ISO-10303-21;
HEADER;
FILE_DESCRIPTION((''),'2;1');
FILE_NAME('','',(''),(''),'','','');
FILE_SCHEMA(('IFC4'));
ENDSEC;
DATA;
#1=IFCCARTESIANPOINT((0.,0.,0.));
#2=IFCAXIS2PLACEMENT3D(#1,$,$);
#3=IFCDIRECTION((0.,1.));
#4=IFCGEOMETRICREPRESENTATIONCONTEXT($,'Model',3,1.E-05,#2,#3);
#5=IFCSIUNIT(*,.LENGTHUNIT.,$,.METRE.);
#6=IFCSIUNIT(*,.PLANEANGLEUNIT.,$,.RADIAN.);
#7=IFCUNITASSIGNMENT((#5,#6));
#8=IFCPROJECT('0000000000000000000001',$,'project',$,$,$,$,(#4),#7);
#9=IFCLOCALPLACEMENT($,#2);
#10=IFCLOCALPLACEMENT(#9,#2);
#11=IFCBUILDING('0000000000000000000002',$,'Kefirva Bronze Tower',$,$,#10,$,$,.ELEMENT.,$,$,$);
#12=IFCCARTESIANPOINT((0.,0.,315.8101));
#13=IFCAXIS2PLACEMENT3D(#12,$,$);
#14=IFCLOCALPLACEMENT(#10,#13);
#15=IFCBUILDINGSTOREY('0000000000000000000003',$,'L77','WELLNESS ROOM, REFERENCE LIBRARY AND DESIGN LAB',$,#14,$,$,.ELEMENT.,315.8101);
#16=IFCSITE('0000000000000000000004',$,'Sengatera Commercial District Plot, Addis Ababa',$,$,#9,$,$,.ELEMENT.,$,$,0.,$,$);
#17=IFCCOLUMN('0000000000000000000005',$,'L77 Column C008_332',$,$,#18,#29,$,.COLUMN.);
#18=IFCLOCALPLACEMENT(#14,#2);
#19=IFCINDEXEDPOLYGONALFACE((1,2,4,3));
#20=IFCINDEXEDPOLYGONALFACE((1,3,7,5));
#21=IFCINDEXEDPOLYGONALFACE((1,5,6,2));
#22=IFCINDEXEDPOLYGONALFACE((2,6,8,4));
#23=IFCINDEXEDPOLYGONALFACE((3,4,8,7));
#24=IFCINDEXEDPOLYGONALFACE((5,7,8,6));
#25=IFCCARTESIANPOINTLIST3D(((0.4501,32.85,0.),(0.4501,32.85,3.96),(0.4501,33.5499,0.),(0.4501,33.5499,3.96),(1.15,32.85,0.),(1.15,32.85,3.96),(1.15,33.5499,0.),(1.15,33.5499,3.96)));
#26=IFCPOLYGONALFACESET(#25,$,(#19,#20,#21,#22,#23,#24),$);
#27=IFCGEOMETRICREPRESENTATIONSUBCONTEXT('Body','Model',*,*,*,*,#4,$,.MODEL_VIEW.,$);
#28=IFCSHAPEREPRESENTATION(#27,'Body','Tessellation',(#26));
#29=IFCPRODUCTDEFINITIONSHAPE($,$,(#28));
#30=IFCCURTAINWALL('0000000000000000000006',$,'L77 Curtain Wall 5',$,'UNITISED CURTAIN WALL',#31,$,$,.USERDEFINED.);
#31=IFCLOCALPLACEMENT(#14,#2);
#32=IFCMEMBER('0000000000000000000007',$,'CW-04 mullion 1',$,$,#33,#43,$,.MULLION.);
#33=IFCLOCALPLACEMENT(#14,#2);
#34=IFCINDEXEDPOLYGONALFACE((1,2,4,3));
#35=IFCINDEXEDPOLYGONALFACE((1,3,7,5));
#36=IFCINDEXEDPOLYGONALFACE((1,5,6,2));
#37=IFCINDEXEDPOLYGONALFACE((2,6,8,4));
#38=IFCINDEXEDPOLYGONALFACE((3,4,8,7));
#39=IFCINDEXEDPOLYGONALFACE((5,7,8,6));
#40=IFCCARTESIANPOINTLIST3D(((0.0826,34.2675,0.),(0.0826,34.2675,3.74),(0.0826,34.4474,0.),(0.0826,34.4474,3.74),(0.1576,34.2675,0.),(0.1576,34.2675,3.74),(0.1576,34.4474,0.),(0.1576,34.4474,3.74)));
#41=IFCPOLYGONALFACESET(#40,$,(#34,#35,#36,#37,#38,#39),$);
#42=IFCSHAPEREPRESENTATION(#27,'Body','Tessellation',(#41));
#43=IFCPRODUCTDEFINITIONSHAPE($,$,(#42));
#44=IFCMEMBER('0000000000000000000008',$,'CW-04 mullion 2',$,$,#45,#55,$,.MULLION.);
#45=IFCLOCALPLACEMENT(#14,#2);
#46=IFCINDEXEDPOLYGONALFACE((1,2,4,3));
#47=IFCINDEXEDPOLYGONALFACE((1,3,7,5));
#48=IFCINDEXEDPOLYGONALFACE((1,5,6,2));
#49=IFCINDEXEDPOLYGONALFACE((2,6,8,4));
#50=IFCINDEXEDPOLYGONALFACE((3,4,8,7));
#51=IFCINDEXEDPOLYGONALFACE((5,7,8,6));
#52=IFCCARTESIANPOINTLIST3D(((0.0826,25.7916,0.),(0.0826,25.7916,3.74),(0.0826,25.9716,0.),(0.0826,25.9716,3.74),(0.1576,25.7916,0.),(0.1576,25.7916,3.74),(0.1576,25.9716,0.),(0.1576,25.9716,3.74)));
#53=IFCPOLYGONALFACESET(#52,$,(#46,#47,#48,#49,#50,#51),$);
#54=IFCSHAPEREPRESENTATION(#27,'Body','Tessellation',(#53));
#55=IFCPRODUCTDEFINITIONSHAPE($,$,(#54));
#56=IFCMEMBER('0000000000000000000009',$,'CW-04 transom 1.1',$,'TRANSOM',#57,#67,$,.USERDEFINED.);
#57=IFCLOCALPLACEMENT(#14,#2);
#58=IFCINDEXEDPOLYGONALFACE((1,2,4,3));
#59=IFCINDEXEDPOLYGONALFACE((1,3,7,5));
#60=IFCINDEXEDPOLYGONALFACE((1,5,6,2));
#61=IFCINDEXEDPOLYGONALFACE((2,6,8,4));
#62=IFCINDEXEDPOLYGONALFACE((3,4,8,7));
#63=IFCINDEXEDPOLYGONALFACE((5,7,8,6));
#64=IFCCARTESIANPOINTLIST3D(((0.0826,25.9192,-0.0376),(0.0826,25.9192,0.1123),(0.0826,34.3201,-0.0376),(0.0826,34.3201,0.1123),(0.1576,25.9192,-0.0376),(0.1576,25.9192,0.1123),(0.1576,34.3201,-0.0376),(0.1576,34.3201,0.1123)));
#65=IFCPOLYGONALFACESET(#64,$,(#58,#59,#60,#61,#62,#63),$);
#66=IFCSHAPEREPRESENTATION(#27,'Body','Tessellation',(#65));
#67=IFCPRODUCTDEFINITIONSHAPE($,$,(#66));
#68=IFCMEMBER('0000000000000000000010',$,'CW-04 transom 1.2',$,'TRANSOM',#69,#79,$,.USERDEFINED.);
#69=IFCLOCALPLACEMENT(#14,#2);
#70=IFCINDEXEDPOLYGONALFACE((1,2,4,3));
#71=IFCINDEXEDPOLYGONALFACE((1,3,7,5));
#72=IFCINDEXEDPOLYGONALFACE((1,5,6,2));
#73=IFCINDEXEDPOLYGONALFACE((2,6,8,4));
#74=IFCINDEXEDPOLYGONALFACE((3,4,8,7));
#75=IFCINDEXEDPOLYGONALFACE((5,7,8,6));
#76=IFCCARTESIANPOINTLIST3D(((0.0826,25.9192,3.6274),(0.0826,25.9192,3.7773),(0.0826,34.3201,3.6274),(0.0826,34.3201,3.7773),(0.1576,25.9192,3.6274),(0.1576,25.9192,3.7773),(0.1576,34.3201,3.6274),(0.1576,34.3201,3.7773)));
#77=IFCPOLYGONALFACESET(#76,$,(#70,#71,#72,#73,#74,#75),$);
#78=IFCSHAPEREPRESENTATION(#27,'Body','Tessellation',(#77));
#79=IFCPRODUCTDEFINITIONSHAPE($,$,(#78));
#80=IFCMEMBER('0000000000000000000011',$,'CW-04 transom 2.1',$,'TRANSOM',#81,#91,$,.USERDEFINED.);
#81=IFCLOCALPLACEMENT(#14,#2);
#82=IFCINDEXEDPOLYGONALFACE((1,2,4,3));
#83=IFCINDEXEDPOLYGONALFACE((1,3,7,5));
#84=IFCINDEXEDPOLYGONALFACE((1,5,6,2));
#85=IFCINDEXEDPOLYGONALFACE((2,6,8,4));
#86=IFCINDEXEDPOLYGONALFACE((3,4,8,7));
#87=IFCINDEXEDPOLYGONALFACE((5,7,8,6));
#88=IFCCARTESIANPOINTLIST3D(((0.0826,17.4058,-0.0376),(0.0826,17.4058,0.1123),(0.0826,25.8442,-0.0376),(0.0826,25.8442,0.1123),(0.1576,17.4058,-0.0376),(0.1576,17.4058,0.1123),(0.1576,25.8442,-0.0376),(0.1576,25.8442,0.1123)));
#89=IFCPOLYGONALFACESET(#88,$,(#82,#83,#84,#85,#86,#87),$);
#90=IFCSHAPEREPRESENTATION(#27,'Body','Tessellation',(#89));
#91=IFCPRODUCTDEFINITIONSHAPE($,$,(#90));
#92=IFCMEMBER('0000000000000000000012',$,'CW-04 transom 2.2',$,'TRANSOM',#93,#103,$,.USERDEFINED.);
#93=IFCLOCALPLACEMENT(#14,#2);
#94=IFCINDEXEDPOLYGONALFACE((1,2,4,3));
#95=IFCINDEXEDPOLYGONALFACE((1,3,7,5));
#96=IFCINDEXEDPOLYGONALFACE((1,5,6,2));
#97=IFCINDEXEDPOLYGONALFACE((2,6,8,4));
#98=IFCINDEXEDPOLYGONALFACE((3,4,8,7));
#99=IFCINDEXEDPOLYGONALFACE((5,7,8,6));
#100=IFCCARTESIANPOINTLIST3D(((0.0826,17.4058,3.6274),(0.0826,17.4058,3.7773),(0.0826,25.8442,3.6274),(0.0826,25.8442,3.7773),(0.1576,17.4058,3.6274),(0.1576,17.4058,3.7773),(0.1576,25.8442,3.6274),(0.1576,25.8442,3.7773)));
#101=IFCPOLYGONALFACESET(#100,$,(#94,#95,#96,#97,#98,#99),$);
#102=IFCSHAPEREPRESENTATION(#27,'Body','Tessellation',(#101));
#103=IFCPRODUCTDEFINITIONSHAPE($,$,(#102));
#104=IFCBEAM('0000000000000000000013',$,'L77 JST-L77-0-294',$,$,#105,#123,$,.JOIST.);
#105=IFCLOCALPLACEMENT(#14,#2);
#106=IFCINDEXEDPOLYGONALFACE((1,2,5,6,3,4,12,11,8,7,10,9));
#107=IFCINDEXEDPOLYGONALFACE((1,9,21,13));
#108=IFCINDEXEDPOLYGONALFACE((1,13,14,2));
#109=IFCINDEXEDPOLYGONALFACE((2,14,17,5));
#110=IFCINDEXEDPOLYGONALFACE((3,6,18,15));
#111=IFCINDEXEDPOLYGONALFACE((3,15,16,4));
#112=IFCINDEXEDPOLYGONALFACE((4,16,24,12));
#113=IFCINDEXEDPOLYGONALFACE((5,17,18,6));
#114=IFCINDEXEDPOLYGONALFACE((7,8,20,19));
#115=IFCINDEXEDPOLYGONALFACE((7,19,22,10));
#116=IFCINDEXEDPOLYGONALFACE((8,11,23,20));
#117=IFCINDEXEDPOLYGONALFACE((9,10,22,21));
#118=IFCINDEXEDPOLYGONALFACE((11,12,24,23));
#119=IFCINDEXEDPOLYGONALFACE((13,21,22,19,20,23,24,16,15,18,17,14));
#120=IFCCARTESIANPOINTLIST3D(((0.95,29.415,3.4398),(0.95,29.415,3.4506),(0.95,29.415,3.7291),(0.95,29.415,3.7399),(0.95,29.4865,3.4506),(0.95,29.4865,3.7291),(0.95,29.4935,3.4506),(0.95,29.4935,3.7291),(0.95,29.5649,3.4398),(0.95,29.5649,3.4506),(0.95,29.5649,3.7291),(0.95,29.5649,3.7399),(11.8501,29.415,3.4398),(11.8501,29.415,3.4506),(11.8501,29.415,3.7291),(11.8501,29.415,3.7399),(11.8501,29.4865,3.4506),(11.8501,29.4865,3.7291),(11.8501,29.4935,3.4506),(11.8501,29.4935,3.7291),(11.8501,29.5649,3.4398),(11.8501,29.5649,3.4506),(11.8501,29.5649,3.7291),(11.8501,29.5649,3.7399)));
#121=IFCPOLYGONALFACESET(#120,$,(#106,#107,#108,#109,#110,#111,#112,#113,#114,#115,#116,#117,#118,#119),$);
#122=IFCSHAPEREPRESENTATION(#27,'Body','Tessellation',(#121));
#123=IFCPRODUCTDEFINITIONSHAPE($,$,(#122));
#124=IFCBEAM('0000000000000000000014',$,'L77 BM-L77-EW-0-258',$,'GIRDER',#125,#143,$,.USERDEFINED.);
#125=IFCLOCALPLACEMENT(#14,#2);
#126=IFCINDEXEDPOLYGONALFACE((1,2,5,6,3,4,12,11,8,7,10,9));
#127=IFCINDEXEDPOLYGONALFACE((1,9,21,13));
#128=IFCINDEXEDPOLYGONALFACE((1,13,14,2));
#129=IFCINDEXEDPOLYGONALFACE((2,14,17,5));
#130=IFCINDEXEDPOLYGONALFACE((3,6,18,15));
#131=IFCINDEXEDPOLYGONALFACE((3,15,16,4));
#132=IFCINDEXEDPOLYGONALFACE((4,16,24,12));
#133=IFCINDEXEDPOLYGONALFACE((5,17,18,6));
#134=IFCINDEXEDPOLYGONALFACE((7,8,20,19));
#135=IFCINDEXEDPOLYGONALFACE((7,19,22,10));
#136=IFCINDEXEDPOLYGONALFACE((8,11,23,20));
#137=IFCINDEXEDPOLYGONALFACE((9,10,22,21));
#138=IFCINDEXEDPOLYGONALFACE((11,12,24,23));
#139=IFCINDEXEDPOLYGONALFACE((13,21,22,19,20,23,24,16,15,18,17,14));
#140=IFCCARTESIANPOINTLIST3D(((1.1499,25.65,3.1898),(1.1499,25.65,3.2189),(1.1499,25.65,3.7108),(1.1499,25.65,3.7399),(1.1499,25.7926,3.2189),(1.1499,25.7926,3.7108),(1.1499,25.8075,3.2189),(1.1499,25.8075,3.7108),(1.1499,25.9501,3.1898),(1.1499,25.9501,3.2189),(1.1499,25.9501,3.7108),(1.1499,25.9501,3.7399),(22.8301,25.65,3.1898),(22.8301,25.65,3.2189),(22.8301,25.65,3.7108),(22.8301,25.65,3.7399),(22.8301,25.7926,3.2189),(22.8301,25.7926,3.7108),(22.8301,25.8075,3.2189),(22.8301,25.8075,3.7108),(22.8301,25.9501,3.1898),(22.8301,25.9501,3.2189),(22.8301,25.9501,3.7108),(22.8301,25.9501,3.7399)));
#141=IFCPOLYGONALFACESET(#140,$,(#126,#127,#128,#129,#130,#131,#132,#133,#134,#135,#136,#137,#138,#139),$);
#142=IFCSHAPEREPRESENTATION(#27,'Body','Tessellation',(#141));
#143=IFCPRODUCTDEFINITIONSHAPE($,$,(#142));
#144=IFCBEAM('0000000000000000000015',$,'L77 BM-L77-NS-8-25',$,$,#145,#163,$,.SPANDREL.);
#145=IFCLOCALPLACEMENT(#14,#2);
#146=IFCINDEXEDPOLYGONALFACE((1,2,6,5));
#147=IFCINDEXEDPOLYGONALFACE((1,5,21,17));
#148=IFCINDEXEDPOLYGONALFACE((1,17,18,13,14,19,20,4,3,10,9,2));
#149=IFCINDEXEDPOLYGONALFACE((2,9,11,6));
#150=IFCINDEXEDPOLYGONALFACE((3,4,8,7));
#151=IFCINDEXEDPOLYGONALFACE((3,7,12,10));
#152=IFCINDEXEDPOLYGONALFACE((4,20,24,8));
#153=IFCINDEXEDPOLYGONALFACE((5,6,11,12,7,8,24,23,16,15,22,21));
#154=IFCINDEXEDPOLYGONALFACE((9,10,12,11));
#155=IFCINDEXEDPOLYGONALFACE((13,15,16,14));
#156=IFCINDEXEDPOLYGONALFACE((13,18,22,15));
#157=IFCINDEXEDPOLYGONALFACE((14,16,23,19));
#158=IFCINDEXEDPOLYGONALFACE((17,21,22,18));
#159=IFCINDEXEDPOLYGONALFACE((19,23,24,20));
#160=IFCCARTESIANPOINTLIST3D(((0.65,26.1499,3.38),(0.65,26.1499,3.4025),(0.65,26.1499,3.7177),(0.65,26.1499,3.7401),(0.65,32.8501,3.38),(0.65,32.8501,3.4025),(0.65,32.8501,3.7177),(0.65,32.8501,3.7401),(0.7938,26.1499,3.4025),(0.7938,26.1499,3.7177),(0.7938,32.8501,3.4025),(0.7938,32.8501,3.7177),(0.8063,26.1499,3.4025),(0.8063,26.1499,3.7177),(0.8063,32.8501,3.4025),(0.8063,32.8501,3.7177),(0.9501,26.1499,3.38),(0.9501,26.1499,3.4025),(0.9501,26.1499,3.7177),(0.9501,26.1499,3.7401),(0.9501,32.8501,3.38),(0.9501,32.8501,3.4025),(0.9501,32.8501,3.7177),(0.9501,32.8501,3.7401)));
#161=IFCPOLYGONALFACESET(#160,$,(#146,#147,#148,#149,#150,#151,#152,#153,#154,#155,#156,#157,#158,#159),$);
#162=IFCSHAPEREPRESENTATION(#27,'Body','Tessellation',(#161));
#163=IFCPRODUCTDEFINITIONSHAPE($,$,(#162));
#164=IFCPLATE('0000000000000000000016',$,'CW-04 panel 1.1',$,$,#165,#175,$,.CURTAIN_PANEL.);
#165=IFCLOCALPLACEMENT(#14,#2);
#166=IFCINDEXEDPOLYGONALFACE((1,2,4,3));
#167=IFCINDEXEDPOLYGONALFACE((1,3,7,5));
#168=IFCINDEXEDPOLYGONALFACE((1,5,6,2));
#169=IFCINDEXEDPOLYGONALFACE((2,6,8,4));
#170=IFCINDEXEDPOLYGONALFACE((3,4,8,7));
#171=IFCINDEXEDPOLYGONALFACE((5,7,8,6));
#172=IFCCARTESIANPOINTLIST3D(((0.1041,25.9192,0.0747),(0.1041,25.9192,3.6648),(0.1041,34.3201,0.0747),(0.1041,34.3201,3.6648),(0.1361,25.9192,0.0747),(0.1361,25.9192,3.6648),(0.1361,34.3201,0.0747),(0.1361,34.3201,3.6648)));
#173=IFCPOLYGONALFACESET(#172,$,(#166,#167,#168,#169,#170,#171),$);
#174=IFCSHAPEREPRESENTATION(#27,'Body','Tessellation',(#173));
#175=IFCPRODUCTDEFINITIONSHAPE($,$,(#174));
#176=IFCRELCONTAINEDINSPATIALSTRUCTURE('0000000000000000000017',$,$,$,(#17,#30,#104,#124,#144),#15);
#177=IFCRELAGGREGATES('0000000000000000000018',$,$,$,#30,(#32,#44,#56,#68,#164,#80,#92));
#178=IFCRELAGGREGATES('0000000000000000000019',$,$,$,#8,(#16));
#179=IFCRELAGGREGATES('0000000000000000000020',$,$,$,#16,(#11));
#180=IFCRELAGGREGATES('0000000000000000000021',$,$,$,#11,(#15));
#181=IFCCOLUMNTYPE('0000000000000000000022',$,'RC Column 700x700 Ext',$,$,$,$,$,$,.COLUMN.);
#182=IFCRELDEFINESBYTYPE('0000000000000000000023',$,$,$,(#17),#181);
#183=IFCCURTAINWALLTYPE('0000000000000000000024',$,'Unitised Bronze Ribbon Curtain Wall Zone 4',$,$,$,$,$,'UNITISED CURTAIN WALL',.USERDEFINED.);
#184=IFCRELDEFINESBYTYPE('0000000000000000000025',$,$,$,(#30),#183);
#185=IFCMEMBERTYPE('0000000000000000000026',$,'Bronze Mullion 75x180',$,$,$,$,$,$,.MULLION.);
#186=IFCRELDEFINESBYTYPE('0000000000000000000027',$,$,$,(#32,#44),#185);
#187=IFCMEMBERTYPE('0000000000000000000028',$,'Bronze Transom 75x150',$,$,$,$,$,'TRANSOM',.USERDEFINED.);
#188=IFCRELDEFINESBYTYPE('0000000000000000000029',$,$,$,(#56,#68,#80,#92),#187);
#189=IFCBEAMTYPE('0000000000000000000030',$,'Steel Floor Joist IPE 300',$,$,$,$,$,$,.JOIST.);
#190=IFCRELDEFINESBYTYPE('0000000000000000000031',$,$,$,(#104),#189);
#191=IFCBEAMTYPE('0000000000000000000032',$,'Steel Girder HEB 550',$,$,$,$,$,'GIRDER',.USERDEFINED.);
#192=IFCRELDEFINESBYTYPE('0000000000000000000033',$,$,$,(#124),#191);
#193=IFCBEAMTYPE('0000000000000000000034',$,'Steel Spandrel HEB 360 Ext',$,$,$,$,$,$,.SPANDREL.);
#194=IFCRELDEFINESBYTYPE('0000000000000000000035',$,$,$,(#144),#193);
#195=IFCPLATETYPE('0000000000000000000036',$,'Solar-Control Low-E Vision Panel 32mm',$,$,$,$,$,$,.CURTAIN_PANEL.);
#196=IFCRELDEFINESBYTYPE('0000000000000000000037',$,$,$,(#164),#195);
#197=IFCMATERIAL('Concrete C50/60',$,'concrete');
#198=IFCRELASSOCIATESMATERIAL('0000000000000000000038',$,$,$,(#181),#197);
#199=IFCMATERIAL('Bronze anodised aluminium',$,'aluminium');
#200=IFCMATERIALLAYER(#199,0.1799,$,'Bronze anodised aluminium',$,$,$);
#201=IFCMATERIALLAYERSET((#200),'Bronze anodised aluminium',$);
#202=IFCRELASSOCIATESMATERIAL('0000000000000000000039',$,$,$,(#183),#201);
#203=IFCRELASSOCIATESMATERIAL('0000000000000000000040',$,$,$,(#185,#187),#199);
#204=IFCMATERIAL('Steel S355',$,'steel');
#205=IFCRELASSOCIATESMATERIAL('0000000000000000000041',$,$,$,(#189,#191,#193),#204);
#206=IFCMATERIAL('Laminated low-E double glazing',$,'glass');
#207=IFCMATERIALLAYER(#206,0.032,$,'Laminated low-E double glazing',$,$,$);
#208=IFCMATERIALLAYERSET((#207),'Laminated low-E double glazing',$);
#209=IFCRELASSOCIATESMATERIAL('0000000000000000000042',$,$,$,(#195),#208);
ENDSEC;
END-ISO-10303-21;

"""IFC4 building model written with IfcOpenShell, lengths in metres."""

from ifc_helpers import new_model, si_unit, direction, frame, origin, origin_2d, place, context, subcontext, project, spatial, rectangle, i_section, extrude, material, layer, layer_set, material_profile, profile_set, type_object, element, aggregate, save


model = new_model("IFC4")

# Units and contexts
model_context = context("Model", 3, precision=1e-05, world=origin(), true_north=direction((0.0, 1.0)))
body_context = subcontext(model_context, "Body", "Model", "MODEL_VIEW")
ifc_project = project(units=[si_unit("LENGTHUNIT", "METRE"), si_unit("PLANEANGLEUNIT", "RADIAN")], contexts=[model_context])

# Site, building, storey
site_placement = place(None, origin())
site = spatial("IfcSite", under=ifc_project, at=site_placement, Name="Sengatera Commercial District Plot, Addis Ababa", CompositionType="ELEMENT", RefElevation=0.0)
building_placement = place(site_placement, origin())
building = spatial("IfcBuilding", under=site, at=building_placement, Name="Kefirva Bronze Tower", CompositionType="ELEMENT")
storey_placement = place(building_placement, frame((0.0, 0.0, 315.8101)))
storey = spatial("IfcBuildingStorey", under=building, at=storey_placement, Name="L77", Description="WELLNESS ROOM, REFERENCE LIBRARY AND DESIGN LAB", CompositionType="ELEMENT", Elevation=315.8101)

# Column
ifc_material_1 = material(Name="Concrete C50/60", Category="concrete")
ifc_material_profile_1 = material_profile(ifc_material_1, rectangle(XDim=0.7, YDim=0.7, at=origin_2d()), Name="RC 700x700")
ifc_profile_set_1 = profile_set([ifc_material_profile_1], Name="Concrete C50/60")
column_type = type_object("IfcColumnType", Name="RC Column 700x700 Ext", PredefinedType="COLUMN", material=ifc_profile_set_1)
column_placement = place(storey_placement, frame((0.8, 33.2, 0.0), z_axis=(0.0, 0.0, 1.0), x_axis=(1.0, 0.0, 0.0)))
element("IfcColumn", 1, at=column_placement, inside=storey, type_object=column_type, Name="L77 Column C008_332", PredefinedType="COLUMN", context=body_context, shape_type="SweptSolid", body=[
    extrude(rectangle(XDim=0.7, YDim=0.7, at=origin_2d()), origin(), (0.0, 0.0, 1.0), 3.96),
])

# Curtain wall, members
ifc_material_2 = material(Name="Bronze anodised aluminium", Category="aluminium")
ifc_layer_1 = layer(ifc_material_2, 0.1799, Name="Bronze anodised aluminium")
ifc_layer_set_1 = layer_set([ifc_layer_1], Name="Bronze anodised aluminium")
curtain_wall_type = type_object("IfcCurtainWallType", Name="Unitised Bronze Ribbon Curtain Wall Zone 4", ElementType="UNITISED CURTAIN WALL", PredefinedType="USERDEFINED", material=ifc_layer_set_1)
curtain_wall_placement = place(storey_placement, origin())
curtain_wall = element("IfcCurtainWall", 2, at=curtain_wall_placement, inside=storey, type_object=curtain_wall_type, Name="L77 Curtain Wall 5", ObjectType="UNITISED CURTAIN WALL", PredefinedType="USERDEFINED")
ifc_material_profile_2 = material_profile(ifc_material_2, rectangle(XDim=0.075, YDim=0.1799, at=origin_2d()), Name="ALU 75x180")
ifc_profile_set_2 = profile_set([ifc_material_profile_2], Name="Bronze anodised aluminium")
member_type_1 = type_object("IfcMemberType", Name="Bronze Mullion 75x180", PredefinedType="MULLION", material=ifc_profile_set_2)
member_1_placement = place(storey_placement, frame((0.1201, 34.3574, 0.0), z_axis=(0.0, 0.0, 1.0), x_axis=(1.0, 0.0, 0.0)))
member_1 = element("IfcMember", 3, at=member_1_placement, type_object=member_type_1, Name="CW-04 mullion 1", PredefinedType="MULLION", context=body_context, shape_type="SweptSolid", body=[
    extrude(rectangle(XDim=0.075, YDim=0.1799, at=origin_2d()), origin(), (0.0, 0.0, 1.0), 3.74),
])
member_2_placement = place(storey_placement, frame((0.1201, 25.8816, 0.0), z_axis=(0.0, 0.0, 1.0), x_axis=(1.0, 0.0, 0.0)))
member_2 = element("IfcMember", 4, at=member_2_placement, type_object=member_type_1, Name="CW-04 mullion 2", PredefinedType="MULLION", context=body_context, shape_type="SweptSolid", body=[
    extrude(rectangle(XDim=0.075, YDim=0.1799, at=origin_2d()), origin(), (0.0, 0.0, 1.0), 3.74),
])
ifc_material_profile_3 = material_profile(ifc_material_2, rectangle(XDim=0.075, YDim=0.1499, at=origin_2d()), Name="ALU 75x150")
ifc_profile_set_3 = profile_set([ifc_material_profile_3], Name="Bronze anodised aluminium")
member_type_2 = type_object("IfcMemberType", Name="Bronze Transom 75x150", ElementType="TRANSOM", PredefinedType="USERDEFINED", material=ifc_profile_set_3)
member_3_placement = place(storey_placement, frame((0.1201, 34.3201, 0.0374), z_axis=(0.0, -1.0, 0.0), x_axis=(1.0, 0.0, 0.0)))
member_3 = element("IfcMember", 5, at=member_3_placement, type_object=member_type_2, Name="CW-04 transom 1.1", ObjectType="TRANSOM", PredefinedType="USERDEFINED", context=body_context, shape_type="SweptSolid", body=[
    extrude(rectangle(XDim=0.075, YDim=0.1499, at=origin_2d()), origin(), (0.0, 0.0, 1.0), 8.4009),
])
member_4_placement = place(storey_placement, frame((0.1201, 34.3201, 3.7024), z_axis=(0.0, -1.0, 0.0), x_axis=(1.0, 0.0, 0.0)))
member_4 = element("IfcMember", 6, at=member_4_placement, type_object=member_type_2, Name="CW-04 transom 1.2", ObjectType="TRANSOM", PredefinedType="USERDEFINED", context=body_context, shape_type="SweptSolid", body=[
    extrude(rectangle(XDim=0.075, YDim=0.1499, at=origin_2d()), origin(), (0.0, 0.0, 1.0), 8.4009),
])
member_5_placement = place(storey_placement, frame((0.1201, 25.8442, 0.0374), z_axis=(0.0, -1.0, 0.0), x_axis=(1.0, 0.0, 0.0)))
member_5 = element("IfcMember", 7, at=member_5_placement, type_object=member_type_2, Name="CW-04 transom 2.1", ObjectType="TRANSOM", PredefinedType="USERDEFINED", context=body_context, shape_type="SweptSolid", body=[
    extrude(rectangle(XDim=0.075, YDim=0.1499, at=origin_2d()), origin(), (0.0, 0.0, 1.0), 8.4385),
])
member_6_placement = place(storey_placement, frame((0.1201, 25.8442, 3.7024), z_axis=(0.0, -1.0, 0.0), x_axis=(1.0, 0.0, 0.0)))
member_6 = element("IfcMember", 8, at=member_6_placement, type_object=member_type_2, Name="CW-04 transom 2.2", ObjectType="TRANSOM", PredefinedType="USERDEFINED", context=body_context, shape_type="SweptSolid", body=[
    extrude(rectangle(XDim=0.075, YDim=0.1499, at=origin_2d()), origin(), (0.0, 0.0, 1.0), 8.4385),
])

# Beams
ifc_material_3 = material(Name="Steel S355", Category="steel")
ifc_material_profile_4 = material_profile(ifc_material_3, i_section(OverallWidth=0.1499, OverallDepth=0.3, WebThickness=0.0071, FlangeThickness=0.0107, at=origin_2d()), Name="IPE 300")
ifc_profile_set_4 = profile_set([ifc_material_profile_4], Name="Steel S355")
beam_type_1 = type_object("IfcBeamType", Name="Steel Floor Joist IPE 300", PredefinedType="JOIST", material=ifc_profile_set_4)
beam_1_placement = place(storey_placement, frame((0.95, 29.49, 3.5898), z_axis=(1.0, 0.0, 0.0), x_axis=(0.0, 1.0, 0.0)))
element("IfcBeam", 9, at=beam_1_placement, inside=storey, type_object=beam_type_1, Name="L77 JST-L77-0-294", PredefinedType="JOIST", context=body_context, shape_type="SweptSolid", body=[
    extrude(i_section(OverallWidth=0.1499, OverallDepth=0.3, WebThickness=0.0071, FlangeThickness=0.0107, at=origin_2d()), origin(), (0.0, 0.0, 1.0), 10.9001),
])
ifc_material_profile_5 = material_profile(ifc_material_3, i_section(OverallWidth=0.3, OverallDepth=0.55, WebThickness=0.0149, FlangeThickness=0.0291, at=origin_2d()), Name="HEB 550")
ifc_profile_set_5 = profile_set([ifc_material_profile_5], Name="Steel S355")
beam_type_2 = type_object("IfcBeamType", Name="Steel Girder HEB 550", ElementType="GIRDER", PredefinedType="USERDEFINED", material=ifc_profile_set_5)
beam_2_placement = place(storey_placement, frame((1.1499, 25.8, 3.4648), z_axis=(1.0, 0.0, 0.0), x_axis=(0.0, 1.0, 0.0)))
element("IfcBeam", 10, at=beam_2_placement, inside=storey, type_object=beam_type_2, Name="L77 BM-L77-EW-0-258", ObjectType="GIRDER", PredefinedType="USERDEFINED", context=body_context, shape_type="SweptSolid", body=[
    extrude(i_section(OverallWidth=0.3, OverallDepth=0.55, WebThickness=0.0149, FlangeThickness=0.0291, at=origin_2d()), origin(), (0.0, 0.0, 1.0), 21.6802),
])
ifc_material_profile_6 = material_profile(ifc_material_3, i_section(OverallWidth=0.3, OverallDepth=0.3601, WebThickness=0.0125, FlangeThickness=0.0225, at=origin_2d()), Name="HEB 360")
ifc_profile_set_6 = profile_set([ifc_material_profile_6], Name="Steel S355")
beam_type_3 = type_object("IfcBeamType", Name="Steel Spandrel HEB 360 Ext", PredefinedType="SPANDREL", material=ifc_profile_set_6)
beam_3_placement = place(storey_placement, frame((0.8, 26.1499, 3.5601), z_axis=(0.0, 1.0, 0.0), x_axis=(-1.0, 0.0, 0.0)))
element("IfcBeam", 11, at=beam_3_placement, inside=storey, type_object=beam_type_3, Name="L77 BM-L77-NS-8-25", PredefinedType="SPANDREL", context=body_context, shape_type="SweptSolid", body=[
    extrude(i_section(OverallWidth=0.3, OverallDepth=0.3601, WebThickness=0.0125, FlangeThickness=0.0225, at=origin_2d()), origin(), (0.0, 0.0, 1.0), 6.7002),
])

# Plate
ifc_material_4 = material(Name="Laminated low-E double glazing", Category="glass")
ifc_layer_2 = layer(ifc_material_4, 0.032, Name="Laminated low-E double glazing")
ifc_layer_set_2 = layer_set([ifc_layer_2], Name="Laminated low-E double glazing")
plate_type = type_object("IfcPlateType", Name="Solar-Control Low-E Vision Panel 32mm", PredefinedType="CURTAIN_PANEL", material=ifc_layer_set_2)
plate_placement = place(storey_placement, frame((0.1201, 30.1196, 0.0747), z_axis=(0.0, 0.0, 1.0), x_axis=(0.0, -1.0, 0.0)))
plate = element("IfcPlate", 12, at=plate_placement, type_object=plate_type, Name="CW-04 panel 1.1", PredefinedType="CURTAIN_PANEL", context=body_context, shape_type="SweptSolid", body=[
    extrude(rectangle(XDim=8.4009, YDim=0.032, at=origin_2d()), origin(), (0.0, 0.0, 1.0), 3.5901),
])
aggregate(curtain_wall, [member_1, member_2, member_3, member_4, plate, member_5, member_6])

save(model, "model.ifc")
